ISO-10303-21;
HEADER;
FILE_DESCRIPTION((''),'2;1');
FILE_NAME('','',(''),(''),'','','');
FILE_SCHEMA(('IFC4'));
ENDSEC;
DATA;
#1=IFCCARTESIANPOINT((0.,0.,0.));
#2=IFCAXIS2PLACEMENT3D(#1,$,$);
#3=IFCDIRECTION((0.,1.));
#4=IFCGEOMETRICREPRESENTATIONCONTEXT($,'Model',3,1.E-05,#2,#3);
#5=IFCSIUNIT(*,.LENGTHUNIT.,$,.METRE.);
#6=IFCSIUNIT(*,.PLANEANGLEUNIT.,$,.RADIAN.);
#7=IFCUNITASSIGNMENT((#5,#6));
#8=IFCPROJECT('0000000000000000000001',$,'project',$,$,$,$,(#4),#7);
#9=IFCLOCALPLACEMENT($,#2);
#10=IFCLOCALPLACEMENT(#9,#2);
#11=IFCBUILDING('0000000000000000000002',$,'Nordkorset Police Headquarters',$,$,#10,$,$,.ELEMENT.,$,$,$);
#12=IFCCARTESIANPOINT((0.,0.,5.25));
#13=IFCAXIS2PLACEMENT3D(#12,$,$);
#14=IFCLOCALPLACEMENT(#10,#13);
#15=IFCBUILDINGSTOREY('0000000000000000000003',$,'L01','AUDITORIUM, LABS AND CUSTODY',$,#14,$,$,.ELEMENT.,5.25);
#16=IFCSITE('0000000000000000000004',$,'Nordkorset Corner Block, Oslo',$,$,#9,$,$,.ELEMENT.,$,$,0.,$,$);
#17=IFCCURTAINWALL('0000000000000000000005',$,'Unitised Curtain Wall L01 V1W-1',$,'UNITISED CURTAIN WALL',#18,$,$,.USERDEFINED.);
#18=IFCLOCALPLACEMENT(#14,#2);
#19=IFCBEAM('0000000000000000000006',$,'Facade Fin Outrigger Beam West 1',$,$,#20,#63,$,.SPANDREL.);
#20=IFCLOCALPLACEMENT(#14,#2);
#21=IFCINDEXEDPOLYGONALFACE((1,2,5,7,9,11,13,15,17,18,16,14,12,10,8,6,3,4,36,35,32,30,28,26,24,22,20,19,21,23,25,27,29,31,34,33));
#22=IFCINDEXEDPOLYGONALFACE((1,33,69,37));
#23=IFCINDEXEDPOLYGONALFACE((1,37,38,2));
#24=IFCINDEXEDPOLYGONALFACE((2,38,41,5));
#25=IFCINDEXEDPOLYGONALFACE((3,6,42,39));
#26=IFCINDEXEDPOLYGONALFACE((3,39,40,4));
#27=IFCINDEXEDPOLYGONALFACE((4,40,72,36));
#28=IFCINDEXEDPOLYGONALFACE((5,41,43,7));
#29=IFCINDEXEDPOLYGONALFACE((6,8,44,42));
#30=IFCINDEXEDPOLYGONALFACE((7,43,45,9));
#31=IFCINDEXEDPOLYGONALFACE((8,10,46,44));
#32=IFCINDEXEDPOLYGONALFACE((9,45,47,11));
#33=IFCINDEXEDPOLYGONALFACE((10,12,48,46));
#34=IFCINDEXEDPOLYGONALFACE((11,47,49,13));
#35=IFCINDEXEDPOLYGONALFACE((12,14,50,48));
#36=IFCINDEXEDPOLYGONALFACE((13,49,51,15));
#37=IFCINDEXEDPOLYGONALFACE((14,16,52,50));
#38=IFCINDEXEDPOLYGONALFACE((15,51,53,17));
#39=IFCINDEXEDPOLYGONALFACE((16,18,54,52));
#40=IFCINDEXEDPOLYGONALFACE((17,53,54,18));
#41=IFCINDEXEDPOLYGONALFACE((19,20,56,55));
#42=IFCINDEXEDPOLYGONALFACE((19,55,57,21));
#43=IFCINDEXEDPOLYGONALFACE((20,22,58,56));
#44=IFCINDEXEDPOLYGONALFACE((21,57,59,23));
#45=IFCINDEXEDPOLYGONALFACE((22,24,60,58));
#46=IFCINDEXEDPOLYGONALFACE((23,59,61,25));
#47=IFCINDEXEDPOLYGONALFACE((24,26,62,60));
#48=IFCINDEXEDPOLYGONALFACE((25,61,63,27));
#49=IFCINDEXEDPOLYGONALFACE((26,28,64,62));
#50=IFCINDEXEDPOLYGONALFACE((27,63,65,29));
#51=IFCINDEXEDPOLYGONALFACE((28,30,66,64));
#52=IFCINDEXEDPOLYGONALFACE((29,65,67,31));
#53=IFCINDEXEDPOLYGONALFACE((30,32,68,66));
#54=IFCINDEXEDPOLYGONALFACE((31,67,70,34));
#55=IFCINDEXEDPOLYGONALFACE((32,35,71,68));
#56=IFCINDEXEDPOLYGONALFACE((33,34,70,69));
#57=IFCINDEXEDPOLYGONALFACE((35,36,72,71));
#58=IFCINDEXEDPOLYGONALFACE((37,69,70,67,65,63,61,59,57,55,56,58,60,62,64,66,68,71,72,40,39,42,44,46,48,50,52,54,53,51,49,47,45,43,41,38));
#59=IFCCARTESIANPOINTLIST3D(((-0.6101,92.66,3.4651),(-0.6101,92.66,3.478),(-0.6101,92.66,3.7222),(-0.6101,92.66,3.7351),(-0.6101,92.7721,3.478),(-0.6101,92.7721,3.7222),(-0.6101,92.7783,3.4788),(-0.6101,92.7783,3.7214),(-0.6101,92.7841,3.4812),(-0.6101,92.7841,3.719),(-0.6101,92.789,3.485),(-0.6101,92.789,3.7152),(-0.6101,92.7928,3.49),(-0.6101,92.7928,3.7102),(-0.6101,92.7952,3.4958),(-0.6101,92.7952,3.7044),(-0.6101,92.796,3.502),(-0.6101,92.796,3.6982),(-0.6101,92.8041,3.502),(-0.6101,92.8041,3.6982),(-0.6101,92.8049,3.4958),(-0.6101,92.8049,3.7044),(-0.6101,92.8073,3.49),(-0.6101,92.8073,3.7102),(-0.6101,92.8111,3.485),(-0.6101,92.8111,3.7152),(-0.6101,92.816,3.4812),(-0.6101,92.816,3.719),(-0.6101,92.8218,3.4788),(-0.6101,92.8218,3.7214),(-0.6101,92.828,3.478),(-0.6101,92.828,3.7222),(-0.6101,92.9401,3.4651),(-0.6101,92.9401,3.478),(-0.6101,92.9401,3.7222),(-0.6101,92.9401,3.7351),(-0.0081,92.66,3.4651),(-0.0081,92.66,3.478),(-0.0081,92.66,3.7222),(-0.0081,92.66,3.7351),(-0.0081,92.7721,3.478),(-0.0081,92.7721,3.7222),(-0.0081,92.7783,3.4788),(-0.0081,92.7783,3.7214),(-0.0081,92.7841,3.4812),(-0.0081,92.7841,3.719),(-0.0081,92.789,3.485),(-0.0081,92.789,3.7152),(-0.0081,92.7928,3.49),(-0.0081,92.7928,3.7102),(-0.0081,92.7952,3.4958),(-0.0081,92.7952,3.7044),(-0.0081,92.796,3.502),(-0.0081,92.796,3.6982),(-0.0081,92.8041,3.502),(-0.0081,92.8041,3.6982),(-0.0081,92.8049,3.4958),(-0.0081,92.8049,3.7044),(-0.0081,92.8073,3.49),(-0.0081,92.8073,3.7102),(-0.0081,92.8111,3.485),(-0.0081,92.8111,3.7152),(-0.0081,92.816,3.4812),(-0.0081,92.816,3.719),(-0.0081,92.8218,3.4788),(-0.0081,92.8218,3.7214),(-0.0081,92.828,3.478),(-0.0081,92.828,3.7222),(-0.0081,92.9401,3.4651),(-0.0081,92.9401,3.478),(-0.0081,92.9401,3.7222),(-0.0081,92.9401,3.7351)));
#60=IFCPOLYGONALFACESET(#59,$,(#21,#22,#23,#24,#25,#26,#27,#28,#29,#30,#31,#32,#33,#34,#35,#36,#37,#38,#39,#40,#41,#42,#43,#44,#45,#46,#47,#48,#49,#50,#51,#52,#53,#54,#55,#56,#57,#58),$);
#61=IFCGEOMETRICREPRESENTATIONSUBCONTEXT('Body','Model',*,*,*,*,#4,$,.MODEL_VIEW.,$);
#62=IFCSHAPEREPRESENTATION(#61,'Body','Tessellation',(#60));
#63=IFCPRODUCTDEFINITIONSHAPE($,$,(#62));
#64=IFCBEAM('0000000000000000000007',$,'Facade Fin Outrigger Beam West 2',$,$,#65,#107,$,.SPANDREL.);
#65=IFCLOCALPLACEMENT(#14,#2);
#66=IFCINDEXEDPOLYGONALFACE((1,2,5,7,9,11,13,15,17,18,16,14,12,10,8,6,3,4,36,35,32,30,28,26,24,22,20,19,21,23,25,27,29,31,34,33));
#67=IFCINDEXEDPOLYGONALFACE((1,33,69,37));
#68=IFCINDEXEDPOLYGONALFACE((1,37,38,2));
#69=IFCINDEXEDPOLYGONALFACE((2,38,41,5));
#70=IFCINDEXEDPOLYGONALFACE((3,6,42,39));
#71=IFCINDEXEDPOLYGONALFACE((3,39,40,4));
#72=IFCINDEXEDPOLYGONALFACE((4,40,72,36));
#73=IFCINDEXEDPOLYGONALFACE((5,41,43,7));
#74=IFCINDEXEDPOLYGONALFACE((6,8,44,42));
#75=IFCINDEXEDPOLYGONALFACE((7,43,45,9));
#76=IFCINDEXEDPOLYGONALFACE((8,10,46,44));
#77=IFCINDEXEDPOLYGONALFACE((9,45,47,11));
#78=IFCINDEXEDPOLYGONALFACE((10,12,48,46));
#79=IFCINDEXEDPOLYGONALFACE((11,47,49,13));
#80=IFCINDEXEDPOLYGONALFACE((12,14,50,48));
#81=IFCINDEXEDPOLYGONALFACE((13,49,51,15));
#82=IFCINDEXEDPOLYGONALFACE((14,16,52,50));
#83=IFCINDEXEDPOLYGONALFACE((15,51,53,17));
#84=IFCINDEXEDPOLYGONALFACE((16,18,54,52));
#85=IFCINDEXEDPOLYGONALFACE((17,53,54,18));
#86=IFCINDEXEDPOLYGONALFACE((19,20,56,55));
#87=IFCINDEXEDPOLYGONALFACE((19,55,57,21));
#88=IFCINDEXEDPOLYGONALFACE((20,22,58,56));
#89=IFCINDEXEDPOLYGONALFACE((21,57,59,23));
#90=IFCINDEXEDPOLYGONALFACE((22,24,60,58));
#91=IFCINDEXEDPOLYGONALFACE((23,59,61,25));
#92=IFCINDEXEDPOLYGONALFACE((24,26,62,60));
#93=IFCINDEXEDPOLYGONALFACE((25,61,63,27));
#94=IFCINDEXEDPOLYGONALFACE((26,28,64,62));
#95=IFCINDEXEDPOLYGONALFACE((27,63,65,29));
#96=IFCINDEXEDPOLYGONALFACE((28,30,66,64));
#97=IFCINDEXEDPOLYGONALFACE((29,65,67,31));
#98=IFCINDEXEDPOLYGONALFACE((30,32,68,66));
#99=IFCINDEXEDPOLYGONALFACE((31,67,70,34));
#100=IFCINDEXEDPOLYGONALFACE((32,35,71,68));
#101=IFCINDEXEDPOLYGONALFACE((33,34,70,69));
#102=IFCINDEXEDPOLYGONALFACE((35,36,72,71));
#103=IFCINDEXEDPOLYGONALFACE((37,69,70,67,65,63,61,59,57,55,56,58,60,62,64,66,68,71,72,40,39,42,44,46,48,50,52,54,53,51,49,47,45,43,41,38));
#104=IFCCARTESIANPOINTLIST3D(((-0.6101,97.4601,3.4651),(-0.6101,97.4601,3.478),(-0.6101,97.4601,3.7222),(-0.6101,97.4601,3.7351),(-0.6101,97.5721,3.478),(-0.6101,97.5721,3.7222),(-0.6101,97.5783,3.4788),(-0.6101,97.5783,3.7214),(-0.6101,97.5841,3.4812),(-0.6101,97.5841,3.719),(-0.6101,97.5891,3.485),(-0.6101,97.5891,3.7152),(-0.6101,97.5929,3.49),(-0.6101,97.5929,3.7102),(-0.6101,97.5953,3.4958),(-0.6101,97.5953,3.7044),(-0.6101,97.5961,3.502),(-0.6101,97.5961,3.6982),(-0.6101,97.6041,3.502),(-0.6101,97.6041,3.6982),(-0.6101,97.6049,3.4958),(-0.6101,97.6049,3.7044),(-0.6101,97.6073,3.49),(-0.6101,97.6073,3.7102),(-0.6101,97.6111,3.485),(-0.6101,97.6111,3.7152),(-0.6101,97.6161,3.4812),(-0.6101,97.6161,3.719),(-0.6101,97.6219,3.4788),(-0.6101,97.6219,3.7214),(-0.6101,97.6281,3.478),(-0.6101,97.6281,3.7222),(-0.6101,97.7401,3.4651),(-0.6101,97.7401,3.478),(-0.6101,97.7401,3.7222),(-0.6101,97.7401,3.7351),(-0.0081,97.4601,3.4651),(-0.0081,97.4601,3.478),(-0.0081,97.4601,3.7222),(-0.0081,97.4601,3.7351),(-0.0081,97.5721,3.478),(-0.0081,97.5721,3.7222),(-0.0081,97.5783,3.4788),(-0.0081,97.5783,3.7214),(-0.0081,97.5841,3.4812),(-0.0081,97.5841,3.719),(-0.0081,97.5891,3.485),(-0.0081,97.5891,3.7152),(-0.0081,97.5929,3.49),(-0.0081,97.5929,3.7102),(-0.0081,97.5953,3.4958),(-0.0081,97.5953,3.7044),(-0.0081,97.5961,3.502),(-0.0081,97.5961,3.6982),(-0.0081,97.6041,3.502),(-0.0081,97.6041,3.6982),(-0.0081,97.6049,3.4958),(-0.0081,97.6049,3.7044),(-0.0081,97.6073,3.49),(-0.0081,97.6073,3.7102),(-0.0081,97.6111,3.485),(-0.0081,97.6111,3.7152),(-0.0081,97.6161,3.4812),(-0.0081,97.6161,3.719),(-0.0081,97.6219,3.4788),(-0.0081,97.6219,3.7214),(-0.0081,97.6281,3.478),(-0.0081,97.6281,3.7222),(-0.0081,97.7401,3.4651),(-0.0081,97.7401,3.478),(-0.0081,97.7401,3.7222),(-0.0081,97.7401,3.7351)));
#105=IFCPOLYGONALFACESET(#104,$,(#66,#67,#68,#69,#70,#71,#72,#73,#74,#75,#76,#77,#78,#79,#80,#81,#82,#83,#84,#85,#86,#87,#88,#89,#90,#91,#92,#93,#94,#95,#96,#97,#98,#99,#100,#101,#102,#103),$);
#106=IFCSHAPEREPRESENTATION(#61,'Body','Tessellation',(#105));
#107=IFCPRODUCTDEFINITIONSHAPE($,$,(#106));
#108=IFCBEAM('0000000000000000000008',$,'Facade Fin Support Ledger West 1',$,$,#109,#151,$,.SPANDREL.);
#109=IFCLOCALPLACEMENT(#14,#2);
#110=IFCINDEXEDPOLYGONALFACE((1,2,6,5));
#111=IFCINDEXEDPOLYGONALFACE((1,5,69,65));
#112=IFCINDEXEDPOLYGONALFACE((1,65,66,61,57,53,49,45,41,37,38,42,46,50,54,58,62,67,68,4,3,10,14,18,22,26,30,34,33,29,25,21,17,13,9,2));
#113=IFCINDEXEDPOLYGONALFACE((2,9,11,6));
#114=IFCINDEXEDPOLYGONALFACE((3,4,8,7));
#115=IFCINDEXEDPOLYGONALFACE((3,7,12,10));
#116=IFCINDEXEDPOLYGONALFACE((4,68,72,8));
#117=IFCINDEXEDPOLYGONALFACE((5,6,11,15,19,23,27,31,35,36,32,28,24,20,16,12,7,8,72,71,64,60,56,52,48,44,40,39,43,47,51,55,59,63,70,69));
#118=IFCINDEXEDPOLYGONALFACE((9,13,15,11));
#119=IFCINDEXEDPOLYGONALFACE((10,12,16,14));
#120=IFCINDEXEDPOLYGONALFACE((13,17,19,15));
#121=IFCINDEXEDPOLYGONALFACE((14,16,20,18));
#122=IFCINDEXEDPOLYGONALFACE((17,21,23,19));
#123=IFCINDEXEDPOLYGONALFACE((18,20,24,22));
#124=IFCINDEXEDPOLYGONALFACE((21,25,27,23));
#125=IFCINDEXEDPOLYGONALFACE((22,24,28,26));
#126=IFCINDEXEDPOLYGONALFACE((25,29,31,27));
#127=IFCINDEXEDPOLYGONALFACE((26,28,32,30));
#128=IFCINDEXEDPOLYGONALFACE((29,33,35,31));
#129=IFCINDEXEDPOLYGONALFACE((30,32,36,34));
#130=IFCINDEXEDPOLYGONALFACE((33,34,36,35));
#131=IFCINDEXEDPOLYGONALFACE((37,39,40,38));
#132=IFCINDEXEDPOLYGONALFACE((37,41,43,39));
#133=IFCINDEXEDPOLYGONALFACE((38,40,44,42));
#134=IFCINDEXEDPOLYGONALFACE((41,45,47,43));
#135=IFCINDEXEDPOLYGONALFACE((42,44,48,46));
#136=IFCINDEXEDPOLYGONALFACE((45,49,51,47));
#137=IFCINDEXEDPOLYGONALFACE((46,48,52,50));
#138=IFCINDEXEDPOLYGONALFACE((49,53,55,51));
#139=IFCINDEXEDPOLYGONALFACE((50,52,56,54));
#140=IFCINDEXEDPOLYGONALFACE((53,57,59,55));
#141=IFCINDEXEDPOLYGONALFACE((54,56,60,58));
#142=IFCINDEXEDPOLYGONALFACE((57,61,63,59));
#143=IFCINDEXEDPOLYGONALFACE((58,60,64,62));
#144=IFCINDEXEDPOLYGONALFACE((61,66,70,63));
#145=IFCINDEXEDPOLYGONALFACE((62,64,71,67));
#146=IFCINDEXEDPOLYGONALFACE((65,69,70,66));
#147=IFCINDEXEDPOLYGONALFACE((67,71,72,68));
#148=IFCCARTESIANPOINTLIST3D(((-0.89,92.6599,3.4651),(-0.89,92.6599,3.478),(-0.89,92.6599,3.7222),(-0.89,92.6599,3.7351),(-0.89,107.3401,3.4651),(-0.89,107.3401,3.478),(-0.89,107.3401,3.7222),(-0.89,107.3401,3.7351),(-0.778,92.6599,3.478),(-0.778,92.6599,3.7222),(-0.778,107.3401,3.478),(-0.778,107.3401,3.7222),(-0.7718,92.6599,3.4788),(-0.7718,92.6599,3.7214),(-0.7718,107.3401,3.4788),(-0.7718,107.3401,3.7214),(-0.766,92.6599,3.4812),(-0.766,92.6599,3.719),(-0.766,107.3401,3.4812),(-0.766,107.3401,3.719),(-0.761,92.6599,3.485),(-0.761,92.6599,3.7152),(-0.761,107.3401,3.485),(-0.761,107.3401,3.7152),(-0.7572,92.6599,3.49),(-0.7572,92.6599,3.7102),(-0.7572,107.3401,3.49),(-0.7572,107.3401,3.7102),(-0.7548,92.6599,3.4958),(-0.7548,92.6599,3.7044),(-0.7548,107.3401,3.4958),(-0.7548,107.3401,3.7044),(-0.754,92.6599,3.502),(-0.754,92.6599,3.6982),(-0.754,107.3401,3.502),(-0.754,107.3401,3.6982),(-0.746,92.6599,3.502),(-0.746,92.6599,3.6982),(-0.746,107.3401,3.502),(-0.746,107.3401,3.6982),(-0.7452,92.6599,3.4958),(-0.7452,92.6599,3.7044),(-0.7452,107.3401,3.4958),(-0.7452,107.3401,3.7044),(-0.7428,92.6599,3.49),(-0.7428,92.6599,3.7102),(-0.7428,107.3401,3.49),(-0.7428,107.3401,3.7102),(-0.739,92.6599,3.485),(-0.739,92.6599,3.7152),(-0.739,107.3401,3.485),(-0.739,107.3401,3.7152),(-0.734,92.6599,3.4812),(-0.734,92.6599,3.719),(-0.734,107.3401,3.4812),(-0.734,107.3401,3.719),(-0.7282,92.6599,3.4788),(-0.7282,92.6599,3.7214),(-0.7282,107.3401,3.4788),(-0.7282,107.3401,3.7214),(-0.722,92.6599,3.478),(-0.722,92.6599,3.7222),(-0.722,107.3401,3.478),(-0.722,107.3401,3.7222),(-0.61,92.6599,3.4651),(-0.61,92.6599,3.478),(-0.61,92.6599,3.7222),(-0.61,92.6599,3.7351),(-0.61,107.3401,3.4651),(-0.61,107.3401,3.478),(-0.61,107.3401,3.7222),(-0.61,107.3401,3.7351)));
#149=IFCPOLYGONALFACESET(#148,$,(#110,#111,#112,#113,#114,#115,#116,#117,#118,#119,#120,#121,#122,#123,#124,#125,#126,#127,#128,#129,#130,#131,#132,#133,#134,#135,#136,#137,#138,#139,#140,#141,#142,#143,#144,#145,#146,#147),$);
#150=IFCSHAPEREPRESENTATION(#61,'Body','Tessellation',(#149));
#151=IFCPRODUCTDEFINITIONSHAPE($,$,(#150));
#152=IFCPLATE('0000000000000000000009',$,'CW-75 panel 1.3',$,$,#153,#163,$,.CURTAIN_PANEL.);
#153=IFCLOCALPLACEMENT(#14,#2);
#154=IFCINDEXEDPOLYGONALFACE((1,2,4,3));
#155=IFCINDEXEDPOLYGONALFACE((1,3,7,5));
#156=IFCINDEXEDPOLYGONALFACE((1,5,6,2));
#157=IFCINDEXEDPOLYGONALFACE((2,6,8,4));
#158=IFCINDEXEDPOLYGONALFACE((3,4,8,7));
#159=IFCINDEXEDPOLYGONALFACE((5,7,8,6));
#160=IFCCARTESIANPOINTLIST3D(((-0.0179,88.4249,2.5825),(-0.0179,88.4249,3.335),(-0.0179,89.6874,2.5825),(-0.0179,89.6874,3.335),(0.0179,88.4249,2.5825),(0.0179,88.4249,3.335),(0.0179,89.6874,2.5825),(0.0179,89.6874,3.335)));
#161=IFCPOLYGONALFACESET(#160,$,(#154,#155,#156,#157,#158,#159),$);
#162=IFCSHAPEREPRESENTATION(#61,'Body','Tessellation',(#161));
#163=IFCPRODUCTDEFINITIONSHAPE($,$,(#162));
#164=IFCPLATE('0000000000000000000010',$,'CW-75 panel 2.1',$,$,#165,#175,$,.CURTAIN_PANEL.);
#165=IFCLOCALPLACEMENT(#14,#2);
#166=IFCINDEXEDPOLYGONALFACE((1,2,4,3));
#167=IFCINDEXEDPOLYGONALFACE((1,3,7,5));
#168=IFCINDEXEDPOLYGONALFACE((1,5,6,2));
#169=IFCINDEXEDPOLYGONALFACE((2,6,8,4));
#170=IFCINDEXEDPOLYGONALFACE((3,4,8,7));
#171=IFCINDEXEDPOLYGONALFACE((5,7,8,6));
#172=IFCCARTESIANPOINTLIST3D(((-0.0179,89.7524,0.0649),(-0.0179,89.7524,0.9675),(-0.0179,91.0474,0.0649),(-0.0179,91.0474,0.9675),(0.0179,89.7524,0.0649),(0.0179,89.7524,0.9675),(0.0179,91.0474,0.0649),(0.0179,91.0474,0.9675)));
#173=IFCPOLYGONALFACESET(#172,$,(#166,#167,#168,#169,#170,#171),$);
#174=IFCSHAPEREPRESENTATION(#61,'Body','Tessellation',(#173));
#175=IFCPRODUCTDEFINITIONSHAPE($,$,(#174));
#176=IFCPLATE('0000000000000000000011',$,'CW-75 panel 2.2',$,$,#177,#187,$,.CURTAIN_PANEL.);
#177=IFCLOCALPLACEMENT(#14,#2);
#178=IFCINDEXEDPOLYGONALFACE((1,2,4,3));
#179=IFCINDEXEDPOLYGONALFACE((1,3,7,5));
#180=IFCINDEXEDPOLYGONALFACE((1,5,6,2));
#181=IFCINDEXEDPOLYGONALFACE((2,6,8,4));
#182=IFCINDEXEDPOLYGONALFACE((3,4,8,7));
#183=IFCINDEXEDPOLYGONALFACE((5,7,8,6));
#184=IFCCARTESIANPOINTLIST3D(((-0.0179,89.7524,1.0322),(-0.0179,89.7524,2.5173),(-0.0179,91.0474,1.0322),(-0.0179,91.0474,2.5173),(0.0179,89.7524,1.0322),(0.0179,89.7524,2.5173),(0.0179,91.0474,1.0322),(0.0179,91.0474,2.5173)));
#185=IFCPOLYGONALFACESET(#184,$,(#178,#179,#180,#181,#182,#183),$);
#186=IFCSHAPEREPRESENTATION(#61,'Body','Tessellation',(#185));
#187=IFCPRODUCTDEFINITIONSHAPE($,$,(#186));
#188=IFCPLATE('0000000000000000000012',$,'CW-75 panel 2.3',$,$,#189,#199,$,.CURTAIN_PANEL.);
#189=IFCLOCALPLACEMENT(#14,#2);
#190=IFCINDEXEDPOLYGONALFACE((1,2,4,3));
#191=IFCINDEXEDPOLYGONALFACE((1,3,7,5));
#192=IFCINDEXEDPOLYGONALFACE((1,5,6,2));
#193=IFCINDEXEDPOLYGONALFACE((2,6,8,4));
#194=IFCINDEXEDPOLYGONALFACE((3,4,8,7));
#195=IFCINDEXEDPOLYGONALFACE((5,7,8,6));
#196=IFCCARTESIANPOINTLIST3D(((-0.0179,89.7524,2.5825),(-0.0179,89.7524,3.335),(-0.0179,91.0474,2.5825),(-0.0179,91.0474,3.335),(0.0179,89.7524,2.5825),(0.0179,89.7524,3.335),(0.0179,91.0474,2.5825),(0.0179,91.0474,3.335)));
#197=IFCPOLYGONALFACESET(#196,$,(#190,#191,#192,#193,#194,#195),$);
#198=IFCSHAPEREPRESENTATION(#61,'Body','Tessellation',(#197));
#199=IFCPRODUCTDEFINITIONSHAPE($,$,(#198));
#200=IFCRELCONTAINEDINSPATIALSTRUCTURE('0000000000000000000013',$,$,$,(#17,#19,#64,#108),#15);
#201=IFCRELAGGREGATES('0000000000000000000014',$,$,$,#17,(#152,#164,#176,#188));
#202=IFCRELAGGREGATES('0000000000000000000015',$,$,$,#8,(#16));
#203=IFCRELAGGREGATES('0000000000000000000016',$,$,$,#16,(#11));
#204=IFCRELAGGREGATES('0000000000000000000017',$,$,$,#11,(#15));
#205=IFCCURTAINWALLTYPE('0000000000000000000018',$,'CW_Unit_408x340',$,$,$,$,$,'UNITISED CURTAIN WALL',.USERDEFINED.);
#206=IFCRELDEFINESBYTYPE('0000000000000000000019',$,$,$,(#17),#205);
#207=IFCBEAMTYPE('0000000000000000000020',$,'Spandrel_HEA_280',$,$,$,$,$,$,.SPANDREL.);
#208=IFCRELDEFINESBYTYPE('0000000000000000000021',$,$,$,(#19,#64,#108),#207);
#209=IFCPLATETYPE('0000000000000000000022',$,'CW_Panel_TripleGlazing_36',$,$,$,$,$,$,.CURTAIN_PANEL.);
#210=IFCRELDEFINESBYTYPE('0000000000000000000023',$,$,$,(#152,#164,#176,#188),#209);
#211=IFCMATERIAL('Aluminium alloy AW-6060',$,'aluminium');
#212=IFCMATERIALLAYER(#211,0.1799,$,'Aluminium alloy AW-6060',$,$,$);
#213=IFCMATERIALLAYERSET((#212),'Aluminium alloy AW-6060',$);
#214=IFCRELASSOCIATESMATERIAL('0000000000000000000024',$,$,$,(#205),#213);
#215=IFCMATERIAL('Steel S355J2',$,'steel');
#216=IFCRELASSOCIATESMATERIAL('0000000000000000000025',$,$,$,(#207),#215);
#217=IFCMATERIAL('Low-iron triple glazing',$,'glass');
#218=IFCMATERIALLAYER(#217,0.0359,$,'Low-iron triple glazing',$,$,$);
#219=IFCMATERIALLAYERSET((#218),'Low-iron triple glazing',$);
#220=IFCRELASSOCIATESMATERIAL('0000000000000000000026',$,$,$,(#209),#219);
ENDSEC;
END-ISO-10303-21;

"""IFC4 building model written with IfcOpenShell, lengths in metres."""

from ifc_helpers import new_model, si_unit, direction, frame, origin, origin_2d, place, context, subcontext, project, spatial, rectangle, i_section, extrude, material, layer, layer_set, material_profile, profile_set, type_object, element, aggregate, save


model = new_model("IFC4")

# Units and contexts
model_context = context("Model", 3, precision=1e-05, world=origin(), true_north=direction((0.0, 1.0)))
body_context = subcontext(model_context, "Body", "Model", "MODEL_VIEW")
ifc_project = project(units=[si_unit("LENGTHUNIT", "METRE"), si_unit("PLANEANGLEUNIT", "RADIAN")], contexts=[model_context])

# Site, building, storey
site_placement = place(None, origin())
site = spatial("IfcSite", under=ifc_project, at=site_placement, Name="Nordkorset Corner Block, Oslo", CompositionType="ELEMENT", RefElevation=0.0)
building_placement = place(site_placement, origin())
building = spatial("IfcBuilding", under=site, at=building_placement, Name="Nordkorset Police Headquarters", CompositionType="ELEMENT")
storey_placement = place(building_placement, frame((0.0, 0.0, 5.25)))
storey = spatial("IfcBuildingStorey", under=building, at=storey_placement, Name="L01", Description="AUDITORIUM, LABS AND CUSTODY", CompositionType="ELEMENT", Elevation=5.25)

# Curtain wall
ifc_material_1 = material(Name="Aluminium alloy AW-6060", Category="aluminium")
ifc_layer_1 = layer(ifc_material_1, 0.1799, Name="Aluminium alloy AW-6060")
ifc_layer_set_1 = layer_set([ifc_layer_1], Name="Aluminium alloy AW-6060")
curtain_wall_type = type_object("IfcCurtainWallType", Name="CW_Unit_408x340", ElementType="UNITISED CURTAIN WALL", PredefinedType="USERDEFINED", material=ifc_layer_set_1)
curtain_wall_placement = place(storey_placement, origin())
curtain_wall = element("IfcCurtainWall", 1, at=curtain_wall_placement, inside=storey, type_object=curtain_wall_type, Name="Unitised Curtain Wall L01 V1W-1", ObjectType="UNITISED CURTAIN WALL", PredefinedType="USERDEFINED")

# Beams
ifc_material_2 = material(Name="Steel S355J2", Category="steel")
ifc_material_profile_1 = material_profile(ifc_material_2, i_section(OverallWidth=0.28, OverallDepth=0.27, WebThickness=0.0081, FlangeThickness=0.0129, FilletRadius=0.0239, at=origin_2d()), Name="HEA 280")
ifc_profile_set_1 = profile_set([ifc_material_profile_1], Name="Steel S355J2")
beam_type = type_object("IfcBeamType", Name="Spandrel_HEA_280", PredefinedType="SPANDREL", material=ifc_profile_set_1)
for number, where, z_axis, x_axis, name in (
    (2, (-0.0081, 92.8, 3.6001), (-1.0, 0.0, 0.0), (0.0, -1.0, 0.0), "Facade Fin Outrigger Beam West 1"),
    (3, (-0.0081, 97.6001, 3.6001), (-1.0, 0.0, 0.0), (0.0, -1.0, 0.0), "Facade Fin Outrigger Beam West 2"),
):
    element("IfcBeam", number, at=place(storey_placement, frame(where, z_axis=z_axis, x_axis=x_axis)), inside=storey, type_object=beam_type, Name=name, PredefinedType="SPANDREL", context=body_context, shape_type="SweptSolid", body=[
        extrude(i_section(OverallWidth=0.28, OverallDepth=0.27, WebThickness=0.0081, FlangeThickness=0.0129, FilletRadius=0.0239, at=origin_2d()), origin(), (0.0, 0.0, 1.0), 0.6021),
    ])
beam_placement = place(storey_placement, frame((-0.75, 92.6599, 3.6001), z_axis=(0.0, 1.0, 0.0), x_axis=(-1.0, 0.0, 0.0)))
element("IfcBeam", 4, at=beam_placement, inside=storey, type_object=beam_type, Name="Facade Fin Support Ledger West 1", PredefinedType="SPANDREL", context=body_context, shape_type="SweptSolid", body=[
    extrude(i_section(OverallWidth=0.28, OverallDepth=0.27, WebThickness=0.0081, FlangeThickness=0.0129, FilletRadius=0.0239, at=origin_2d()), origin(), (0.0, 0.0, 1.0), 14.6802),
])

# Plates
ifc_material_3 = material(Name="Low-iron triple glazing", Category="glass")
ifc_layer_2 = layer(ifc_material_3, 0.0359, Name="Low-iron triple glazing")
ifc_layer_set_2 = layer_set([ifc_layer_2], Name="Low-iron triple glazing")
plate_type = type_object("IfcPlateType", Name="CW_Panel_TripleGlazing_36", PredefinedType="CURTAIN_PANEL", material=ifc_layer_set_2)
plate_1_placement = place(storey_placement, frame((0.0, 89.0562, 2.5825), z_axis=(0.0, 0.0, 1.0), x_axis=(0.0, 1.0, 0.0)))
plate_1 = element("IfcPlate", 5, at=plate_1_placement, type_object=plate_type, Name="CW-75 panel 1.3", PredefinedType="CURTAIN_PANEL", context=body_context, shape_type="SweptSolid", body=[
    extrude(rectangle(XDim=1.2625, YDim=0.0359, at=origin_2d()), origin(), (0.0, 0.0, 1.0), 0.7524),
])
plate_2_placement = place(storey_placement, frame((0.0, 90.3999, 0.0649), z_axis=(0.0, 0.0, 1.0), x_axis=(0.0, 1.0, 0.0)))
plate_2 = element("IfcPlate", 6, at=plate_2_placement, type_object=plate_type, Name="CW-75 panel 2.1", PredefinedType="CURTAIN_PANEL", context=body_context, shape_type="SweptSolid", body=[
    extrude(rectangle(XDim=1.2949, YDim=0.0359, at=origin_2d()), origin(), (0.0, 0.0, 1.0), 0.9026),
])
plate_3_placement = place(storey_placement, frame((0.0, 90.3999, 1.0322), z_axis=(0.0, 0.0, 1.0), x_axis=(0.0, 1.0, 0.0)))
plate_3 = element("IfcPlate", 7, at=plate_3_placement, type_object=plate_type, Name="CW-75 panel 2.2", PredefinedType="CURTAIN_PANEL", context=body_context, shape_type="SweptSolid", body=[
    extrude(rectangle(XDim=1.2949, YDim=0.0359, at=origin_2d()), origin(), (0.0, 0.0, 1.0), 1.4851),
])
plate_4_placement = place(storey_placement, frame((0.0, 90.3999, 2.5825), z_axis=(0.0, 0.0, 1.0), x_axis=(0.0, 1.0, 0.0)))
plate_4 = element("IfcPlate", 8, at=plate_4_placement, type_object=plate_type, Name="CW-75 panel 2.3", PredefinedType="CURTAIN_PANEL", context=body_context, shape_type="SweptSolid", body=[
    extrude(rectangle(XDim=1.2949, YDim=0.0359, at=origin_2d()), origin(), (0.0, 0.0, 1.0), 0.7524),
])
aggregate(curtain_wall, [plate_1, plate_2, plate_3, plate_4])

save(model, "model.ifc")
